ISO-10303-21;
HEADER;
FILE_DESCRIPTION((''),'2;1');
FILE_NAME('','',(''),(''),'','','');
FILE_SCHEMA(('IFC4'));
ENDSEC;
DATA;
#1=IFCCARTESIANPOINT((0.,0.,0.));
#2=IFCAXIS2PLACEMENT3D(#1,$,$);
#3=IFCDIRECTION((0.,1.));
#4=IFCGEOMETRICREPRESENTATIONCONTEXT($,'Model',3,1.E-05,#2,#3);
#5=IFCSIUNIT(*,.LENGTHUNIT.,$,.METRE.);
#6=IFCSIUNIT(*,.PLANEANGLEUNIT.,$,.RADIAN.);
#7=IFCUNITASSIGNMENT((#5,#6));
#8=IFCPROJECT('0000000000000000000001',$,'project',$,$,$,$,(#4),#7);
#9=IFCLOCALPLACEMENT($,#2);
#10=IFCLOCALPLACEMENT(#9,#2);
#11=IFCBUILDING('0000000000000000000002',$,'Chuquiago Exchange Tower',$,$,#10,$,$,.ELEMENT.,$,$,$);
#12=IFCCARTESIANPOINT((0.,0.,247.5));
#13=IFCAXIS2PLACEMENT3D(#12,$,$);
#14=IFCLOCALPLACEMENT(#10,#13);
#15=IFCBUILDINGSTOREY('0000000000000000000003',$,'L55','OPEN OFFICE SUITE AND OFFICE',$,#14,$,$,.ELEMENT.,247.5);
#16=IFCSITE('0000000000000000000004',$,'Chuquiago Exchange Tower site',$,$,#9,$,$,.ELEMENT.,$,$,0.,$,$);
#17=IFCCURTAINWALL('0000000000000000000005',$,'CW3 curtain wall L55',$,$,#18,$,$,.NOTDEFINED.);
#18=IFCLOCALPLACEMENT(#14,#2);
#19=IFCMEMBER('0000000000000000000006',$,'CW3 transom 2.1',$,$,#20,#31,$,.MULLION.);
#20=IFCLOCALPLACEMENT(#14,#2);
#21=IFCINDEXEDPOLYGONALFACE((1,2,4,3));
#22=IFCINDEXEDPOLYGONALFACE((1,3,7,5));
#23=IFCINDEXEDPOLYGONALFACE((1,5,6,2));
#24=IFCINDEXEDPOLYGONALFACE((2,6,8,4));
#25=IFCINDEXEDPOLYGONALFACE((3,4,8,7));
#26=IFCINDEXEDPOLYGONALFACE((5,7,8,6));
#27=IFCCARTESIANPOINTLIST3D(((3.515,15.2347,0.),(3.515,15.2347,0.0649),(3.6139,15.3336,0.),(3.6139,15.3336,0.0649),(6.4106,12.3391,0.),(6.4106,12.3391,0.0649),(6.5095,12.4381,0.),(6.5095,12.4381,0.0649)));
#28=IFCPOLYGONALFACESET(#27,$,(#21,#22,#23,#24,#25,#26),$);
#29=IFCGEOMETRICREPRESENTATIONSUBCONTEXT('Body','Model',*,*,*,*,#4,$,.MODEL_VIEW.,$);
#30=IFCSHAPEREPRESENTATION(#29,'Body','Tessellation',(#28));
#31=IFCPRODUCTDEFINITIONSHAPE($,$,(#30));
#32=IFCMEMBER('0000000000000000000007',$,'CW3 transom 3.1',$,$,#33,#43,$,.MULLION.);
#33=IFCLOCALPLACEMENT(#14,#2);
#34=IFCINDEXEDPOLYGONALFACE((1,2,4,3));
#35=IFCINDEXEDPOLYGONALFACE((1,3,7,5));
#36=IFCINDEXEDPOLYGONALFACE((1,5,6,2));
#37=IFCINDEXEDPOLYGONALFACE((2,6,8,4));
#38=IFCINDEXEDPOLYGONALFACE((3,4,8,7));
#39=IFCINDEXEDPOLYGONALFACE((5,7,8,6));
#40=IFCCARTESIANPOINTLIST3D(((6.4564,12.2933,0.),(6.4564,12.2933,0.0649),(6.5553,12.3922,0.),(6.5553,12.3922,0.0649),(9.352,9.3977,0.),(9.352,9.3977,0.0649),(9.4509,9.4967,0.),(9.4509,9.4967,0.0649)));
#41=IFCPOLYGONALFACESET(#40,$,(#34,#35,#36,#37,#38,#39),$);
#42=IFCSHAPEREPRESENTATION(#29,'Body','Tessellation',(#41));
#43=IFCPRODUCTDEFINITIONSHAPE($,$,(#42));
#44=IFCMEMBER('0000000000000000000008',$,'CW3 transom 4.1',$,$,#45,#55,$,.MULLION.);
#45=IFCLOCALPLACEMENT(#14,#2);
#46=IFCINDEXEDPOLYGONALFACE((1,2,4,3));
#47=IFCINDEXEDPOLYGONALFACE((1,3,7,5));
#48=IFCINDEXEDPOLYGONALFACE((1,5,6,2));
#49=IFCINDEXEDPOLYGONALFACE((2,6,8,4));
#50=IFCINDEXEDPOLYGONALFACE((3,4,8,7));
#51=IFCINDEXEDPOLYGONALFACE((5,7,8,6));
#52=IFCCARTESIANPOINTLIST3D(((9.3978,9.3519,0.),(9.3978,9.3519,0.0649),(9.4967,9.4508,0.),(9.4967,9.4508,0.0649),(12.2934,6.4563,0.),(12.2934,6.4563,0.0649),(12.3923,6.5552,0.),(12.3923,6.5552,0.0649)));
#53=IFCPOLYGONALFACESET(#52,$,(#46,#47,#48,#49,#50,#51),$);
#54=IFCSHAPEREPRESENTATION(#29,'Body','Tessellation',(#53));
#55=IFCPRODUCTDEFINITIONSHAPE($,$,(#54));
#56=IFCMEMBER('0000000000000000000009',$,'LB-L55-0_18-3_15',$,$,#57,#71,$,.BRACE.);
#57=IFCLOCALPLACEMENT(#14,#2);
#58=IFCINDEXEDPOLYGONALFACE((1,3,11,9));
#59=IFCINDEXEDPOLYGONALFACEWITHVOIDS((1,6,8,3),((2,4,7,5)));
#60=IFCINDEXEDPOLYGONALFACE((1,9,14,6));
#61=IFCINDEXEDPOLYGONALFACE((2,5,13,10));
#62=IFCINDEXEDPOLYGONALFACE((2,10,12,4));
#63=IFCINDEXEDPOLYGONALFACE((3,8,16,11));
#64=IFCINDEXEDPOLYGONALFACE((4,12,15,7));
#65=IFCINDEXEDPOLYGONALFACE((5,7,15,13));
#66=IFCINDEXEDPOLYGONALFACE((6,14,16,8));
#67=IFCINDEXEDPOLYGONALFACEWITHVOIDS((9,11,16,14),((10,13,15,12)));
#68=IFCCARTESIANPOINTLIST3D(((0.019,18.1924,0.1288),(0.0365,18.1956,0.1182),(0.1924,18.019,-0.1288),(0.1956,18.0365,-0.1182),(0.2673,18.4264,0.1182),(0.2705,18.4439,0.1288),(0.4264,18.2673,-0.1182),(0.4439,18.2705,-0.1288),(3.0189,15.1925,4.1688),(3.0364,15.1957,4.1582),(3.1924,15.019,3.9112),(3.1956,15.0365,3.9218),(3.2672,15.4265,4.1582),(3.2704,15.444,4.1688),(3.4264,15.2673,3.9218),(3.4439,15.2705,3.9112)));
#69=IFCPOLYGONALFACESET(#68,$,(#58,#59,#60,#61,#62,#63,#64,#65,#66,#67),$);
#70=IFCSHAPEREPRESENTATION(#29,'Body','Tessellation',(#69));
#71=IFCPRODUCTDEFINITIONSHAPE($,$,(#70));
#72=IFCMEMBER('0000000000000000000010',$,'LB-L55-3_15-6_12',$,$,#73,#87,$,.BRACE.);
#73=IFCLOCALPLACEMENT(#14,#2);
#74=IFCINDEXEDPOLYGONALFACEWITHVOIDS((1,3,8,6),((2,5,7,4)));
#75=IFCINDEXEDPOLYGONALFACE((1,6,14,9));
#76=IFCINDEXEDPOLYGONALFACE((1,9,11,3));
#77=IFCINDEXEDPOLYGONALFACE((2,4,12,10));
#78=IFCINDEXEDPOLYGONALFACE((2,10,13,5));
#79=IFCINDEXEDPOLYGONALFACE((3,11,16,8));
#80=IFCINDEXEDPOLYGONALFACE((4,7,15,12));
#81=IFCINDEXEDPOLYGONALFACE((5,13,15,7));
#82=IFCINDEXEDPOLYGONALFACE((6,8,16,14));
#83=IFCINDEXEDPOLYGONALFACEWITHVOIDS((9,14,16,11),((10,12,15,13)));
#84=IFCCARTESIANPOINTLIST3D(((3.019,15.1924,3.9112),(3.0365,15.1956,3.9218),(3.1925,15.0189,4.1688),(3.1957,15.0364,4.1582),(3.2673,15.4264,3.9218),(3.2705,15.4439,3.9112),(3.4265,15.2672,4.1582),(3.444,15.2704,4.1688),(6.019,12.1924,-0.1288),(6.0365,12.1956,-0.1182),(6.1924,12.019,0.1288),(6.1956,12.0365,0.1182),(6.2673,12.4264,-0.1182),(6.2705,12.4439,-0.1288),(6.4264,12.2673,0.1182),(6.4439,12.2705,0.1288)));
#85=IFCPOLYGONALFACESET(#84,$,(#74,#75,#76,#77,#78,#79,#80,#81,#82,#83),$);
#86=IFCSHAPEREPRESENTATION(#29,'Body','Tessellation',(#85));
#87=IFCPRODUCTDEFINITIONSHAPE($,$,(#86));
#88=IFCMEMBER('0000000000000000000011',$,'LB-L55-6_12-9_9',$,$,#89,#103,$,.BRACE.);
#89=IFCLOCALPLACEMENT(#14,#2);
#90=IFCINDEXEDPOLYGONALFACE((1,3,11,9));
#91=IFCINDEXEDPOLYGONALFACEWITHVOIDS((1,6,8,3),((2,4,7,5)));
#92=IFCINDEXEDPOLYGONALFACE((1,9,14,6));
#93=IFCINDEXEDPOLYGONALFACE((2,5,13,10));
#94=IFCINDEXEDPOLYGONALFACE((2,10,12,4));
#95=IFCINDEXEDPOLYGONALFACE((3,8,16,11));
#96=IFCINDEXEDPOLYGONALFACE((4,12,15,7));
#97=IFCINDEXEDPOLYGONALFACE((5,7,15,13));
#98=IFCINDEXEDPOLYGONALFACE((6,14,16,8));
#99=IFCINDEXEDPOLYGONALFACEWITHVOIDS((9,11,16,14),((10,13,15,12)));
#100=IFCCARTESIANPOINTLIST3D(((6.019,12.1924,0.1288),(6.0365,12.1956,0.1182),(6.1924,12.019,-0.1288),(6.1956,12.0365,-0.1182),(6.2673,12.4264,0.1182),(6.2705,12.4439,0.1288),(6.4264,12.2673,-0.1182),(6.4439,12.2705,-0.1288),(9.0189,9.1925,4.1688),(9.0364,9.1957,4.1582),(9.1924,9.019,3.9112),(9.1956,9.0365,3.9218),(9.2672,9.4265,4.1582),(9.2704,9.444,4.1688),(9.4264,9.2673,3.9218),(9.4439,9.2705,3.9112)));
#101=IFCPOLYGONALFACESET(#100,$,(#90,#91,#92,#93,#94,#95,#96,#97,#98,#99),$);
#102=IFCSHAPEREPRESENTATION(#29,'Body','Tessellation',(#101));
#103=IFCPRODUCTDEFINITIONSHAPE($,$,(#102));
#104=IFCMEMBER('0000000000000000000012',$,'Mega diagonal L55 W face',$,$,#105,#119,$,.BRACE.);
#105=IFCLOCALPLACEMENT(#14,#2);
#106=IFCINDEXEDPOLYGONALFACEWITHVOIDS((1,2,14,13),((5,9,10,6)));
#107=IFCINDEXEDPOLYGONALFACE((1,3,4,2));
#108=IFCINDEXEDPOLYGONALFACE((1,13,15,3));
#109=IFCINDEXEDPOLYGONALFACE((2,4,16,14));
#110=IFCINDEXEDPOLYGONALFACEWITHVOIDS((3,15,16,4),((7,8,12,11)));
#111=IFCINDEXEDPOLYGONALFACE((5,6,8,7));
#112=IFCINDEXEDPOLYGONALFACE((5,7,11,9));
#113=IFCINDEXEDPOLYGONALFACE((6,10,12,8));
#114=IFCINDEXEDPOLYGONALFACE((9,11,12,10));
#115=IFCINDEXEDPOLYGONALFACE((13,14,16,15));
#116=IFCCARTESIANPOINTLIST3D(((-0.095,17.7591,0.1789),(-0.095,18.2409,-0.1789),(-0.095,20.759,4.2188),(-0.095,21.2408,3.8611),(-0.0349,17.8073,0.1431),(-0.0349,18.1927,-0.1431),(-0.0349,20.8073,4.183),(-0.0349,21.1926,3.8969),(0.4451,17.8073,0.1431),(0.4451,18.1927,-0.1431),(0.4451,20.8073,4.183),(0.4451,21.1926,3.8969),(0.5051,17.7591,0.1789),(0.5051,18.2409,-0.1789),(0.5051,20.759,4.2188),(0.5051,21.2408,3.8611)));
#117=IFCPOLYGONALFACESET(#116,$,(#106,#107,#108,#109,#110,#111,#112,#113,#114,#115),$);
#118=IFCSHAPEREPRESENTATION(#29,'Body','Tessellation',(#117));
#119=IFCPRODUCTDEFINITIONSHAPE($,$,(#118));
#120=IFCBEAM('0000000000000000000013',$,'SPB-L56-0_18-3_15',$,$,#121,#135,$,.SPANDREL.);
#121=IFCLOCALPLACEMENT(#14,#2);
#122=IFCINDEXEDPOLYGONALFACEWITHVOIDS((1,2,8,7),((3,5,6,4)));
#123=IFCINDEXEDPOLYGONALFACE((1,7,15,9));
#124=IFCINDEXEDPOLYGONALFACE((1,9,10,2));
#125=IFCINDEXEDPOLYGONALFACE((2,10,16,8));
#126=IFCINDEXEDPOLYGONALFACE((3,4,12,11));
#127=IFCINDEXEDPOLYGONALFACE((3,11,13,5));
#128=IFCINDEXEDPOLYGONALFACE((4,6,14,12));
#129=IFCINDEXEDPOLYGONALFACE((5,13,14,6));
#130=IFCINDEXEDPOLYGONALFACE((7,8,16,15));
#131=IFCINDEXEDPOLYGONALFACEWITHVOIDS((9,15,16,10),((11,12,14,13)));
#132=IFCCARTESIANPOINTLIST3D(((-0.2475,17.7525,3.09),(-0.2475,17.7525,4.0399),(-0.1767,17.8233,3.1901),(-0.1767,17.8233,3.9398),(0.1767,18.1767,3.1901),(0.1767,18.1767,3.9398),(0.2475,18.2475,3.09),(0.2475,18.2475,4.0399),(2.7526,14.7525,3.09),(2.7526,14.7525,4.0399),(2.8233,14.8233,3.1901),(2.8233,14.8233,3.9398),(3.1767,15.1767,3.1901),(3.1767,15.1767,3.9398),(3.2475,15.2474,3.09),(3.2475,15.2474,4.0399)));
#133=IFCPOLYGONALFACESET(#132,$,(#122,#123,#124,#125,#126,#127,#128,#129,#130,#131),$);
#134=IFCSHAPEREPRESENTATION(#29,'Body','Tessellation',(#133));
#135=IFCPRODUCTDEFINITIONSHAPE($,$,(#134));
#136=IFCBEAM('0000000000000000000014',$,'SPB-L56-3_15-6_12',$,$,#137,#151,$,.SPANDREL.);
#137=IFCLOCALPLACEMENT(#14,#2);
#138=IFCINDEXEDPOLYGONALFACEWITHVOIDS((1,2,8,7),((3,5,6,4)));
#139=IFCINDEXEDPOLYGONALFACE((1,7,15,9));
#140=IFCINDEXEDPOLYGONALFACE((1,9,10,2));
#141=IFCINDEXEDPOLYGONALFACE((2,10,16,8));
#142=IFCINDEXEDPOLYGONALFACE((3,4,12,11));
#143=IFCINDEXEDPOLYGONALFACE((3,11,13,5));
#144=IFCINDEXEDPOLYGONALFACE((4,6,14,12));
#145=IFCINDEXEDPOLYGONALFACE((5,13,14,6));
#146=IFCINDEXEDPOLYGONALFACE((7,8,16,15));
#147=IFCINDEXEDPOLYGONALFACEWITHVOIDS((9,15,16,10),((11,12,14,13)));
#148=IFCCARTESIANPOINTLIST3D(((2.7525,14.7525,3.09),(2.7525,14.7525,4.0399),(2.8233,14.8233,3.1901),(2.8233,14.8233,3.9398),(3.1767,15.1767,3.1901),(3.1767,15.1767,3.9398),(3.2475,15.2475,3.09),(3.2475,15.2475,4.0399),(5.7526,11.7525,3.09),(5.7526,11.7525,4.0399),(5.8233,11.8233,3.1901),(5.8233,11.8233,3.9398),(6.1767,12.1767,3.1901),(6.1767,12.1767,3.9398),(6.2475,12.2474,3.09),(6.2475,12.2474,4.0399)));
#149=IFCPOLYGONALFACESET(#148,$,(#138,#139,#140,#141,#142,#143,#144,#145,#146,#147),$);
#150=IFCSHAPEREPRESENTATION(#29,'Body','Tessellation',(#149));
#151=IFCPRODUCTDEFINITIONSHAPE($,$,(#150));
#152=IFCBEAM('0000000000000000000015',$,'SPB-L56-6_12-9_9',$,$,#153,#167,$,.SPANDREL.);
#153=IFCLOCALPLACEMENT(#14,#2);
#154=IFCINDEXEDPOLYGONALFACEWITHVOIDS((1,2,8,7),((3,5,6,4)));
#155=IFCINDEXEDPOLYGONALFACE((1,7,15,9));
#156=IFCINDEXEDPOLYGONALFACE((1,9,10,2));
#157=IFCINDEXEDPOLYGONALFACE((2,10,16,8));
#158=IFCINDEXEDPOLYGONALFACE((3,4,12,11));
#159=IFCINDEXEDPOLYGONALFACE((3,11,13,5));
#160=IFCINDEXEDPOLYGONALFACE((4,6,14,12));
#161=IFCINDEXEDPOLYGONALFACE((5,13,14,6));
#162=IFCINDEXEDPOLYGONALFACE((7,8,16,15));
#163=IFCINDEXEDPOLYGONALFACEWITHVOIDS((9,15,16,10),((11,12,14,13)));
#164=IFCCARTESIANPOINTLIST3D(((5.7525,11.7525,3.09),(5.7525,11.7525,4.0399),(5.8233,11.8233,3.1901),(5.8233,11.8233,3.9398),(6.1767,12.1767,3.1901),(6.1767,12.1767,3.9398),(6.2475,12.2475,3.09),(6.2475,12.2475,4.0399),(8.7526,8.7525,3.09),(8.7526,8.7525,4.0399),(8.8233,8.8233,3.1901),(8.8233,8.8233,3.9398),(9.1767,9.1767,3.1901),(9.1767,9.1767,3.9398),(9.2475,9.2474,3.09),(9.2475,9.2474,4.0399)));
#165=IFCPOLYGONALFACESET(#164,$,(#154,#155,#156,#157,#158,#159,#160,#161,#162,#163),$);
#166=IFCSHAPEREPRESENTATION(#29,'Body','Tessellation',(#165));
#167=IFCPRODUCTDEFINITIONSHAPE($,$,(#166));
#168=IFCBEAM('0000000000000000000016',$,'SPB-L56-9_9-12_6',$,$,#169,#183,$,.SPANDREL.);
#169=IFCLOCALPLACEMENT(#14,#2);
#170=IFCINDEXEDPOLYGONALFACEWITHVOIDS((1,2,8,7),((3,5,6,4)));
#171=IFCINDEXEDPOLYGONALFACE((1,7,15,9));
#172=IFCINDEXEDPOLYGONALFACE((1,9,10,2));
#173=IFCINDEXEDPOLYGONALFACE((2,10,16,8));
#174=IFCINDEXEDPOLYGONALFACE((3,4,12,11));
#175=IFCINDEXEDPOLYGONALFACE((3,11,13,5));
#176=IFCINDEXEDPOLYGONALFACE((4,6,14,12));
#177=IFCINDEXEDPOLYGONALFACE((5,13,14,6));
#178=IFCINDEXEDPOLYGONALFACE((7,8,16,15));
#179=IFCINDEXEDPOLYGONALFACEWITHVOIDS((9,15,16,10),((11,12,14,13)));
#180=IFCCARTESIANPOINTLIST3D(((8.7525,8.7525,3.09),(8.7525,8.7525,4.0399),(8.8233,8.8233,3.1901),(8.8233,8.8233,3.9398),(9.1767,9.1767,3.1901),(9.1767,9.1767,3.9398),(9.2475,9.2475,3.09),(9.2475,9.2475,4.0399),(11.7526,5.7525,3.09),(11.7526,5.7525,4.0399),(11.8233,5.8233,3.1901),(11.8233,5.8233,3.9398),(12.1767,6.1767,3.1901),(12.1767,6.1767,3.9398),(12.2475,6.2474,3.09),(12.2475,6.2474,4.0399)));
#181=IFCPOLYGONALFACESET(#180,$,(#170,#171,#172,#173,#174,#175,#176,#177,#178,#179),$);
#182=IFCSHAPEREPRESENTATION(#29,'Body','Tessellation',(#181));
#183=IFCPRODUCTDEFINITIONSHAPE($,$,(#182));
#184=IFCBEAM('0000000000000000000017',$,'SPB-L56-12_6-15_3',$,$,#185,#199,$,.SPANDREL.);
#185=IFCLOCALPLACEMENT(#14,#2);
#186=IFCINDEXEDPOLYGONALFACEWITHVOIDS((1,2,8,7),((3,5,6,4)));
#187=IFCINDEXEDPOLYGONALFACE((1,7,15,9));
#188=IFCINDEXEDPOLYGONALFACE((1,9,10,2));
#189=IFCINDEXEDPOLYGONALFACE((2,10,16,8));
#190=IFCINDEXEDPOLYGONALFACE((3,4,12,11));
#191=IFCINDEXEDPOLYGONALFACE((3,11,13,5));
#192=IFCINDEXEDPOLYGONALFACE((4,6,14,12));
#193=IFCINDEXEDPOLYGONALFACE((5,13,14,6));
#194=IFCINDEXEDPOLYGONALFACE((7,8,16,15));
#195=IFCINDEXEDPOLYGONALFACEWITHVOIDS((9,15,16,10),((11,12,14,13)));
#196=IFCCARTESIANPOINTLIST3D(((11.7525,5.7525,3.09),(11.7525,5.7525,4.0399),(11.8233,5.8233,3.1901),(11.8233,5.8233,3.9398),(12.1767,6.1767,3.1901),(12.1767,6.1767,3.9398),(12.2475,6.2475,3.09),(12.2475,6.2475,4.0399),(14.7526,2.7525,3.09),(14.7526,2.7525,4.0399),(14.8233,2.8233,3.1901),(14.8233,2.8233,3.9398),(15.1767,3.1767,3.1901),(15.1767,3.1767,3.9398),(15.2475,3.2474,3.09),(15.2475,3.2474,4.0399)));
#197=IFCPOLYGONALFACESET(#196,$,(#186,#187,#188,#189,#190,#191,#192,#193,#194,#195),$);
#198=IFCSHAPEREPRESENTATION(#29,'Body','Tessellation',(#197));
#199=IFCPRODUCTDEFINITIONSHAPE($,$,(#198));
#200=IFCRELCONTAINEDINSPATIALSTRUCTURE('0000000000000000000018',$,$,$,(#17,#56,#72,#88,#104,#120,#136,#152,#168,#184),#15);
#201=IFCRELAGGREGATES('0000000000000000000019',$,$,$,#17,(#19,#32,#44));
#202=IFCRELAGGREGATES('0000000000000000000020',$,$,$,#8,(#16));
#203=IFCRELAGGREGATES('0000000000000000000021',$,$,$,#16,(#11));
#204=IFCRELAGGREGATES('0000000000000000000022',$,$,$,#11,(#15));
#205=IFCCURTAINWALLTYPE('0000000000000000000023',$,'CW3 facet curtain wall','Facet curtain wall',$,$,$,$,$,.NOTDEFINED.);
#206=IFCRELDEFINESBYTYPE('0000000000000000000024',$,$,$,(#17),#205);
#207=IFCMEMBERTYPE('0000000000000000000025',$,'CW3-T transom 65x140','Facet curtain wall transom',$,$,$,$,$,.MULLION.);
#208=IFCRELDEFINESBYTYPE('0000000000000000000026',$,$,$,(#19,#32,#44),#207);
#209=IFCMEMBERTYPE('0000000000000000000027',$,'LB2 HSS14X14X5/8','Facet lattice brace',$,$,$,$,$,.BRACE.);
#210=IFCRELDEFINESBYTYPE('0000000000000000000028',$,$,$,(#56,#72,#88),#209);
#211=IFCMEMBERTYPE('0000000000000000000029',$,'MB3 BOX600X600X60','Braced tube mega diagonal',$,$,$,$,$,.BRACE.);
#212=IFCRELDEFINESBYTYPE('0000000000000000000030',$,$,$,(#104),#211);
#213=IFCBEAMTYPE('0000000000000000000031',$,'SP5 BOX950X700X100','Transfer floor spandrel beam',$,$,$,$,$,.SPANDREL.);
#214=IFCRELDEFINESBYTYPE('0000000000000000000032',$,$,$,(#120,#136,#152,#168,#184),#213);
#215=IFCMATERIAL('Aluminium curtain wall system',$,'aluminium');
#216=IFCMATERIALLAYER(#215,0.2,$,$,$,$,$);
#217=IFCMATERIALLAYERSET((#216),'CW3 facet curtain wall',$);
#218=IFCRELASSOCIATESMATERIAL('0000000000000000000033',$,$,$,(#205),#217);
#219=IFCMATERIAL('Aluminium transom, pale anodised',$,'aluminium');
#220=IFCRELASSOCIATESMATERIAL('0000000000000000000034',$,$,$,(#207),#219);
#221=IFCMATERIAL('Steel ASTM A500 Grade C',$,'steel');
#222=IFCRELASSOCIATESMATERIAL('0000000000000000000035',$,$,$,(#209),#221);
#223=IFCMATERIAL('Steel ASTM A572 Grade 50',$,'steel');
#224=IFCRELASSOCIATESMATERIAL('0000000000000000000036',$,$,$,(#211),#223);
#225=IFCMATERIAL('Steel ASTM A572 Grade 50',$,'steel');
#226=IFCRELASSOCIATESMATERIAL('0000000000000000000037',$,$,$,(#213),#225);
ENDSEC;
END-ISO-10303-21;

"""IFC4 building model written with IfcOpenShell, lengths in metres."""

from ifc_helpers import new_model, si_unit, direction, frame, origin, origin_2d, place, context, subcontext, project, spatial, rectangle, hollow_rectangle, extrude, material, layer, layer_set, material_profile, profile_set, type_object, element, aggregate, save


model = new_model("IFC4")

# Units and contexts
model_context = context("Model", 3, precision=1e-05, world=origin(), true_north=direction((0.0, 1.0)))
body_context = subcontext(model_context, "Body", "Model", "MODEL_VIEW")
ifc_project = project(units=[si_unit("LENGTHUNIT", "METRE"), si_unit("PLANEANGLEUNIT", "RADIAN")], contexts=[model_context])

# Site, building, storey
site_placement = place(None, origin())
site = spatial("IfcSite", under=ifc_project, at=site_placement, Name="Chuquiago Exchange Tower site", CompositionType="ELEMENT", RefElevation=0.0)
building_placement = place(site_placement, origin())
building = spatial("IfcBuilding", under=site, at=building_placement, Name="Chuquiago Exchange Tower", CompositionType="ELEMENT")
storey_placement = place(building_placement, frame((0.0, 0.0, 247.5)))
storey = spatial("IfcBuildingStorey", under=building, at=storey_placement, Name="L55", Description="OPEN OFFICE SUITE AND OFFICE", CompositionType="ELEMENT", Elevation=247.5)

# Curtain wall, members
ifc_material_1 = material(Name="Aluminium curtain wall system", Category="aluminium")
ifc_layer_1 = layer(ifc_material_1, 0.2)
ifc_layer_set_1 = layer_set([ifc_layer_1], Name="CW3 facet curtain wall")
curtain_wall_type_1 = type_object("IfcCurtainWallType", Name="CW3 facet curtain wall", Description="Facet curtain wall", PredefinedType="NOTDEFINED", material=ifc_layer_set_1)
curtain_wall_1_placement = place(storey_placement, origin())
curtain_wall_1 = element("IfcCurtainWall", 1, at=curtain_wall_1_placement, inside=storey, type_object=curtain_wall_type_1, Name="CW3 curtain wall L55", PredefinedType="NOTDEFINED")
ifc_material_2 = material(Name="Aluminium transom, pale anodised", Category="aluminium")
ifc_material_profile_1 = material_profile(ifc_material_2, rectangle(XDim=0.1399, YDim=0.0649, at=origin_2d()), Name="AL 140x65")
ifc_profile_set_1 = profile_set([ifc_material_profile_1], Name="Aluminium transom, pale anodised")
member_type_1 = type_object("IfcMemberType", Name="CW3-T transom 65x140", Description="Facet curtain wall transom", PredefinedType="MULLION", material=ifc_profile_set_1)
member_1_placement = place(storey_placement, frame((3.5645, 15.2842, 0.0325), z_axis=(0.707107, -0.707107, 0.0), x_axis=(0.707107, 0.707107, 0.0)))
member_1 = element("IfcMember", 2, at=member_1_placement, type_object=member_type_1, Name="CW3 transom 2.1", PredefinedType="MULLION", context=body_context, shape_type="SweptSolid", body=[
    extrude(rectangle(XDim=0.1399, YDim=0.0649, at=origin_2d()), origin(), (0.0, 0.0, 1.0), 4.095),
])
member_2_placement = place(storey_placement, frame((6.5059, 12.3428, 0.0325), z_axis=(0.707107, -0.707107, 0.0), x_axis=(0.707107, 0.707107, 0.0)))
member_2 = element("IfcMember", 3, at=member_2_placement, type_object=member_type_1, Name="CW3 transom 3.1", PredefinedType="MULLION", context=body_context, shape_type="SweptSolid", body=[
    extrude(rectangle(XDim=0.1399, YDim=0.0649, at=origin_2d()), origin(), (0.0, 0.0, 1.0), 4.095),
])
member_3_placement = place(storey_placement, frame((9.4473, 9.4014, 0.0325), z_axis=(0.707107, -0.707107, 0.0), x_axis=(0.707107, 0.707107, 0.0)))
member_3 = element("IfcMember", 4, at=member_3_placement, type_object=member_type_1, Name="CW3 transom 4.1", PredefinedType="MULLION", context=body_context, shape_type="SweptSolid", body=[
    extrude(rectangle(XDim=0.1399, YDim=0.0649, at=origin_2d()), origin(), (0.0, 0.0, 1.0), 4.095),
])

# Members
ifc_material_3 = material(Name="Steel ASTM A500 Grade C", Category="steel")
ifc_material_profile_2 = material_profile(ifc_material_3, hollow_rectangle(XDim=0.3557, YDim=0.3557, WallThickness=0.0146, at=origin_2d()), Name="HSS14X14X5/8")
ifc_profile_set_2 = profile_set([ifc_material_profile_2], Name="Steel ASTM A500 Grade C")
member_type_2 = type_object("IfcMemberType", Name="LB2 HSS14X14X5/8", Description="Facet lattice brace", PredefinedType="BRACE", material=ifc_profile_set_2)
for number, where, z_axis, x_axis, name in (
    (5, (0.2314, 18.2314, 0.0), (0.512077, -0.512077, 0.689604), (0.707107, 0.707107, 0.0), "LB-L55-0_18-3_15"),
    (6, (6.2314, 12.2314, 0.0), (-0.512077, 0.512077, 0.689604), (-0.707107, -0.707107, 0.0), "LB-L55-3_15-6_12"),
    (7, (6.2314, 12.2314, 0.0), (0.512077, -0.512077, 0.689604), (0.707107, 0.707107, 0.0), "LB-L55-6_12-9_9"),
):
    element("IfcMember", number, at=place(storey_placement, frame(where, z_axis=z_axis, x_axis=x_axis)), inside=storey, type_object=member_type_2, Name=name, PredefinedType="BRACE", context=body_context, shape_type="SweptSolid", body=[
        extrude(hollow_rectangle(XDim=0.3557, YDim=0.3557, WallThickness=0.0146, at=origin_2d()), origin(), (0.0, 0.0, 1.0), 5.8584),
    ])
ifc_material_4 = material(Name="Steel ASTM A572 Grade 50", Category="steel")
ifc_material_profile_3 = material_profile(ifc_material_4, hollow_rectangle(XDim=0.6001, YDim=0.6001, WallThickness=0.0601, at=origin_2d()), Name="BOX600X600X60")
ifc_profile_set_3 = profile_set([ifc_material_profile_3], Name="Steel ASTM A572 Grade 50")
member_type_3 = type_object("IfcMemberType", Name="MB3 BOX600X600X60", Description="Braced tube mega diagonal", PredefinedType="BRACE", material=ifc_profile_set_3)
member_4_placement = place(storey_placement, frame((0.2051, 18.0, 0.0), z_axis=(0.0, 0.596174, 0.802855), x_axis=(-1.0, 0.0, 0.0)))
element("IfcMember", 8, at=member_4_placement, inside=storey, type_object=member_type_3, Name="Mega diagonal L55 W face", PredefinedType="BRACE", context=body_context, shape_type="SweptSolid", body=[
    extrude(hollow_rectangle(XDim=0.6001, YDim=0.6001, WallThickness=0.0601, at=origin_2d()), origin(), (0.0, 0.0, 1.0), 5.032),
])

# Beams
ifc_material_5 = material(Name="Steel ASTM A572 Grade 50", Category="steel")
ifc_material_profile_4 = material_profile(ifc_material_5, hollow_rectangle(XDim=0.7, YDim=0.95, WallThickness=0.1001, at=origin_2d()), Name="BOX950X700X100")
ifc_profile_set_4 = profile_set([ifc_material_profile_4], Name="Steel ASTM A572 Grade 50")
beam_type_1 = type_object("IfcBeamType", Name="SP5 BOX950X700X100", Description="Transfer floor spandrel beam", PredefinedType="SPANDREL", material=ifc_profile_set_4)
for number, where, z_axis, x_axis, name in (
    (9, (0.0, 18.0, 3.5649), (0.707107, -0.707107, 0.0), (0.707107, 0.707107, 0.0), "SPB-L56-0_18-3_15"),
    (10, (3.0, 15.0, 3.5649), (0.707107, -0.707107, 0.0), (0.707107, 0.707107, 0.0), "SPB-L56-3_15-6_12"),
    (11, (6.0, 12.0, 3.5649), (0.707107, -0.707107, 0.0), (0.707107, 0.707107, 0.0), "SPB-L56-6_12-9_9"),
    (12, (9.0, 9.0, 3.5649), (0.707107, -0.707107, 0.0), (0.707107, 0.707107, 0.0), "SPB-L56-9_9-12_6"),
    (13, (12.0, 6.0, 3.5649), (0.707107, -0.707107, 0.0), (0.707107, 0.707107, 0.0), "SPB-L56-12_6-15_3"),
):
    element("IfcBeam", number, at=place(storey_placement, frame(where, z_axis=z_axis, x_axis=x_axis)), inside=storey, type_object=beam_type_1, Name=name, PredefinedType="SPANDREL", context=body_context, shape_type="SweptSolid", body=[
        extrude(hollow_rectangle(XDim=0.7, YDim=0.95, WallThickness=0.1001, at=origin_2d()), origin(), (0.0, 0.0, 1.0), 4.2427),
    ])

aggregate(curtain_wall_1, [member_1, member_2, member_3])

save(model, "model.ifc")
